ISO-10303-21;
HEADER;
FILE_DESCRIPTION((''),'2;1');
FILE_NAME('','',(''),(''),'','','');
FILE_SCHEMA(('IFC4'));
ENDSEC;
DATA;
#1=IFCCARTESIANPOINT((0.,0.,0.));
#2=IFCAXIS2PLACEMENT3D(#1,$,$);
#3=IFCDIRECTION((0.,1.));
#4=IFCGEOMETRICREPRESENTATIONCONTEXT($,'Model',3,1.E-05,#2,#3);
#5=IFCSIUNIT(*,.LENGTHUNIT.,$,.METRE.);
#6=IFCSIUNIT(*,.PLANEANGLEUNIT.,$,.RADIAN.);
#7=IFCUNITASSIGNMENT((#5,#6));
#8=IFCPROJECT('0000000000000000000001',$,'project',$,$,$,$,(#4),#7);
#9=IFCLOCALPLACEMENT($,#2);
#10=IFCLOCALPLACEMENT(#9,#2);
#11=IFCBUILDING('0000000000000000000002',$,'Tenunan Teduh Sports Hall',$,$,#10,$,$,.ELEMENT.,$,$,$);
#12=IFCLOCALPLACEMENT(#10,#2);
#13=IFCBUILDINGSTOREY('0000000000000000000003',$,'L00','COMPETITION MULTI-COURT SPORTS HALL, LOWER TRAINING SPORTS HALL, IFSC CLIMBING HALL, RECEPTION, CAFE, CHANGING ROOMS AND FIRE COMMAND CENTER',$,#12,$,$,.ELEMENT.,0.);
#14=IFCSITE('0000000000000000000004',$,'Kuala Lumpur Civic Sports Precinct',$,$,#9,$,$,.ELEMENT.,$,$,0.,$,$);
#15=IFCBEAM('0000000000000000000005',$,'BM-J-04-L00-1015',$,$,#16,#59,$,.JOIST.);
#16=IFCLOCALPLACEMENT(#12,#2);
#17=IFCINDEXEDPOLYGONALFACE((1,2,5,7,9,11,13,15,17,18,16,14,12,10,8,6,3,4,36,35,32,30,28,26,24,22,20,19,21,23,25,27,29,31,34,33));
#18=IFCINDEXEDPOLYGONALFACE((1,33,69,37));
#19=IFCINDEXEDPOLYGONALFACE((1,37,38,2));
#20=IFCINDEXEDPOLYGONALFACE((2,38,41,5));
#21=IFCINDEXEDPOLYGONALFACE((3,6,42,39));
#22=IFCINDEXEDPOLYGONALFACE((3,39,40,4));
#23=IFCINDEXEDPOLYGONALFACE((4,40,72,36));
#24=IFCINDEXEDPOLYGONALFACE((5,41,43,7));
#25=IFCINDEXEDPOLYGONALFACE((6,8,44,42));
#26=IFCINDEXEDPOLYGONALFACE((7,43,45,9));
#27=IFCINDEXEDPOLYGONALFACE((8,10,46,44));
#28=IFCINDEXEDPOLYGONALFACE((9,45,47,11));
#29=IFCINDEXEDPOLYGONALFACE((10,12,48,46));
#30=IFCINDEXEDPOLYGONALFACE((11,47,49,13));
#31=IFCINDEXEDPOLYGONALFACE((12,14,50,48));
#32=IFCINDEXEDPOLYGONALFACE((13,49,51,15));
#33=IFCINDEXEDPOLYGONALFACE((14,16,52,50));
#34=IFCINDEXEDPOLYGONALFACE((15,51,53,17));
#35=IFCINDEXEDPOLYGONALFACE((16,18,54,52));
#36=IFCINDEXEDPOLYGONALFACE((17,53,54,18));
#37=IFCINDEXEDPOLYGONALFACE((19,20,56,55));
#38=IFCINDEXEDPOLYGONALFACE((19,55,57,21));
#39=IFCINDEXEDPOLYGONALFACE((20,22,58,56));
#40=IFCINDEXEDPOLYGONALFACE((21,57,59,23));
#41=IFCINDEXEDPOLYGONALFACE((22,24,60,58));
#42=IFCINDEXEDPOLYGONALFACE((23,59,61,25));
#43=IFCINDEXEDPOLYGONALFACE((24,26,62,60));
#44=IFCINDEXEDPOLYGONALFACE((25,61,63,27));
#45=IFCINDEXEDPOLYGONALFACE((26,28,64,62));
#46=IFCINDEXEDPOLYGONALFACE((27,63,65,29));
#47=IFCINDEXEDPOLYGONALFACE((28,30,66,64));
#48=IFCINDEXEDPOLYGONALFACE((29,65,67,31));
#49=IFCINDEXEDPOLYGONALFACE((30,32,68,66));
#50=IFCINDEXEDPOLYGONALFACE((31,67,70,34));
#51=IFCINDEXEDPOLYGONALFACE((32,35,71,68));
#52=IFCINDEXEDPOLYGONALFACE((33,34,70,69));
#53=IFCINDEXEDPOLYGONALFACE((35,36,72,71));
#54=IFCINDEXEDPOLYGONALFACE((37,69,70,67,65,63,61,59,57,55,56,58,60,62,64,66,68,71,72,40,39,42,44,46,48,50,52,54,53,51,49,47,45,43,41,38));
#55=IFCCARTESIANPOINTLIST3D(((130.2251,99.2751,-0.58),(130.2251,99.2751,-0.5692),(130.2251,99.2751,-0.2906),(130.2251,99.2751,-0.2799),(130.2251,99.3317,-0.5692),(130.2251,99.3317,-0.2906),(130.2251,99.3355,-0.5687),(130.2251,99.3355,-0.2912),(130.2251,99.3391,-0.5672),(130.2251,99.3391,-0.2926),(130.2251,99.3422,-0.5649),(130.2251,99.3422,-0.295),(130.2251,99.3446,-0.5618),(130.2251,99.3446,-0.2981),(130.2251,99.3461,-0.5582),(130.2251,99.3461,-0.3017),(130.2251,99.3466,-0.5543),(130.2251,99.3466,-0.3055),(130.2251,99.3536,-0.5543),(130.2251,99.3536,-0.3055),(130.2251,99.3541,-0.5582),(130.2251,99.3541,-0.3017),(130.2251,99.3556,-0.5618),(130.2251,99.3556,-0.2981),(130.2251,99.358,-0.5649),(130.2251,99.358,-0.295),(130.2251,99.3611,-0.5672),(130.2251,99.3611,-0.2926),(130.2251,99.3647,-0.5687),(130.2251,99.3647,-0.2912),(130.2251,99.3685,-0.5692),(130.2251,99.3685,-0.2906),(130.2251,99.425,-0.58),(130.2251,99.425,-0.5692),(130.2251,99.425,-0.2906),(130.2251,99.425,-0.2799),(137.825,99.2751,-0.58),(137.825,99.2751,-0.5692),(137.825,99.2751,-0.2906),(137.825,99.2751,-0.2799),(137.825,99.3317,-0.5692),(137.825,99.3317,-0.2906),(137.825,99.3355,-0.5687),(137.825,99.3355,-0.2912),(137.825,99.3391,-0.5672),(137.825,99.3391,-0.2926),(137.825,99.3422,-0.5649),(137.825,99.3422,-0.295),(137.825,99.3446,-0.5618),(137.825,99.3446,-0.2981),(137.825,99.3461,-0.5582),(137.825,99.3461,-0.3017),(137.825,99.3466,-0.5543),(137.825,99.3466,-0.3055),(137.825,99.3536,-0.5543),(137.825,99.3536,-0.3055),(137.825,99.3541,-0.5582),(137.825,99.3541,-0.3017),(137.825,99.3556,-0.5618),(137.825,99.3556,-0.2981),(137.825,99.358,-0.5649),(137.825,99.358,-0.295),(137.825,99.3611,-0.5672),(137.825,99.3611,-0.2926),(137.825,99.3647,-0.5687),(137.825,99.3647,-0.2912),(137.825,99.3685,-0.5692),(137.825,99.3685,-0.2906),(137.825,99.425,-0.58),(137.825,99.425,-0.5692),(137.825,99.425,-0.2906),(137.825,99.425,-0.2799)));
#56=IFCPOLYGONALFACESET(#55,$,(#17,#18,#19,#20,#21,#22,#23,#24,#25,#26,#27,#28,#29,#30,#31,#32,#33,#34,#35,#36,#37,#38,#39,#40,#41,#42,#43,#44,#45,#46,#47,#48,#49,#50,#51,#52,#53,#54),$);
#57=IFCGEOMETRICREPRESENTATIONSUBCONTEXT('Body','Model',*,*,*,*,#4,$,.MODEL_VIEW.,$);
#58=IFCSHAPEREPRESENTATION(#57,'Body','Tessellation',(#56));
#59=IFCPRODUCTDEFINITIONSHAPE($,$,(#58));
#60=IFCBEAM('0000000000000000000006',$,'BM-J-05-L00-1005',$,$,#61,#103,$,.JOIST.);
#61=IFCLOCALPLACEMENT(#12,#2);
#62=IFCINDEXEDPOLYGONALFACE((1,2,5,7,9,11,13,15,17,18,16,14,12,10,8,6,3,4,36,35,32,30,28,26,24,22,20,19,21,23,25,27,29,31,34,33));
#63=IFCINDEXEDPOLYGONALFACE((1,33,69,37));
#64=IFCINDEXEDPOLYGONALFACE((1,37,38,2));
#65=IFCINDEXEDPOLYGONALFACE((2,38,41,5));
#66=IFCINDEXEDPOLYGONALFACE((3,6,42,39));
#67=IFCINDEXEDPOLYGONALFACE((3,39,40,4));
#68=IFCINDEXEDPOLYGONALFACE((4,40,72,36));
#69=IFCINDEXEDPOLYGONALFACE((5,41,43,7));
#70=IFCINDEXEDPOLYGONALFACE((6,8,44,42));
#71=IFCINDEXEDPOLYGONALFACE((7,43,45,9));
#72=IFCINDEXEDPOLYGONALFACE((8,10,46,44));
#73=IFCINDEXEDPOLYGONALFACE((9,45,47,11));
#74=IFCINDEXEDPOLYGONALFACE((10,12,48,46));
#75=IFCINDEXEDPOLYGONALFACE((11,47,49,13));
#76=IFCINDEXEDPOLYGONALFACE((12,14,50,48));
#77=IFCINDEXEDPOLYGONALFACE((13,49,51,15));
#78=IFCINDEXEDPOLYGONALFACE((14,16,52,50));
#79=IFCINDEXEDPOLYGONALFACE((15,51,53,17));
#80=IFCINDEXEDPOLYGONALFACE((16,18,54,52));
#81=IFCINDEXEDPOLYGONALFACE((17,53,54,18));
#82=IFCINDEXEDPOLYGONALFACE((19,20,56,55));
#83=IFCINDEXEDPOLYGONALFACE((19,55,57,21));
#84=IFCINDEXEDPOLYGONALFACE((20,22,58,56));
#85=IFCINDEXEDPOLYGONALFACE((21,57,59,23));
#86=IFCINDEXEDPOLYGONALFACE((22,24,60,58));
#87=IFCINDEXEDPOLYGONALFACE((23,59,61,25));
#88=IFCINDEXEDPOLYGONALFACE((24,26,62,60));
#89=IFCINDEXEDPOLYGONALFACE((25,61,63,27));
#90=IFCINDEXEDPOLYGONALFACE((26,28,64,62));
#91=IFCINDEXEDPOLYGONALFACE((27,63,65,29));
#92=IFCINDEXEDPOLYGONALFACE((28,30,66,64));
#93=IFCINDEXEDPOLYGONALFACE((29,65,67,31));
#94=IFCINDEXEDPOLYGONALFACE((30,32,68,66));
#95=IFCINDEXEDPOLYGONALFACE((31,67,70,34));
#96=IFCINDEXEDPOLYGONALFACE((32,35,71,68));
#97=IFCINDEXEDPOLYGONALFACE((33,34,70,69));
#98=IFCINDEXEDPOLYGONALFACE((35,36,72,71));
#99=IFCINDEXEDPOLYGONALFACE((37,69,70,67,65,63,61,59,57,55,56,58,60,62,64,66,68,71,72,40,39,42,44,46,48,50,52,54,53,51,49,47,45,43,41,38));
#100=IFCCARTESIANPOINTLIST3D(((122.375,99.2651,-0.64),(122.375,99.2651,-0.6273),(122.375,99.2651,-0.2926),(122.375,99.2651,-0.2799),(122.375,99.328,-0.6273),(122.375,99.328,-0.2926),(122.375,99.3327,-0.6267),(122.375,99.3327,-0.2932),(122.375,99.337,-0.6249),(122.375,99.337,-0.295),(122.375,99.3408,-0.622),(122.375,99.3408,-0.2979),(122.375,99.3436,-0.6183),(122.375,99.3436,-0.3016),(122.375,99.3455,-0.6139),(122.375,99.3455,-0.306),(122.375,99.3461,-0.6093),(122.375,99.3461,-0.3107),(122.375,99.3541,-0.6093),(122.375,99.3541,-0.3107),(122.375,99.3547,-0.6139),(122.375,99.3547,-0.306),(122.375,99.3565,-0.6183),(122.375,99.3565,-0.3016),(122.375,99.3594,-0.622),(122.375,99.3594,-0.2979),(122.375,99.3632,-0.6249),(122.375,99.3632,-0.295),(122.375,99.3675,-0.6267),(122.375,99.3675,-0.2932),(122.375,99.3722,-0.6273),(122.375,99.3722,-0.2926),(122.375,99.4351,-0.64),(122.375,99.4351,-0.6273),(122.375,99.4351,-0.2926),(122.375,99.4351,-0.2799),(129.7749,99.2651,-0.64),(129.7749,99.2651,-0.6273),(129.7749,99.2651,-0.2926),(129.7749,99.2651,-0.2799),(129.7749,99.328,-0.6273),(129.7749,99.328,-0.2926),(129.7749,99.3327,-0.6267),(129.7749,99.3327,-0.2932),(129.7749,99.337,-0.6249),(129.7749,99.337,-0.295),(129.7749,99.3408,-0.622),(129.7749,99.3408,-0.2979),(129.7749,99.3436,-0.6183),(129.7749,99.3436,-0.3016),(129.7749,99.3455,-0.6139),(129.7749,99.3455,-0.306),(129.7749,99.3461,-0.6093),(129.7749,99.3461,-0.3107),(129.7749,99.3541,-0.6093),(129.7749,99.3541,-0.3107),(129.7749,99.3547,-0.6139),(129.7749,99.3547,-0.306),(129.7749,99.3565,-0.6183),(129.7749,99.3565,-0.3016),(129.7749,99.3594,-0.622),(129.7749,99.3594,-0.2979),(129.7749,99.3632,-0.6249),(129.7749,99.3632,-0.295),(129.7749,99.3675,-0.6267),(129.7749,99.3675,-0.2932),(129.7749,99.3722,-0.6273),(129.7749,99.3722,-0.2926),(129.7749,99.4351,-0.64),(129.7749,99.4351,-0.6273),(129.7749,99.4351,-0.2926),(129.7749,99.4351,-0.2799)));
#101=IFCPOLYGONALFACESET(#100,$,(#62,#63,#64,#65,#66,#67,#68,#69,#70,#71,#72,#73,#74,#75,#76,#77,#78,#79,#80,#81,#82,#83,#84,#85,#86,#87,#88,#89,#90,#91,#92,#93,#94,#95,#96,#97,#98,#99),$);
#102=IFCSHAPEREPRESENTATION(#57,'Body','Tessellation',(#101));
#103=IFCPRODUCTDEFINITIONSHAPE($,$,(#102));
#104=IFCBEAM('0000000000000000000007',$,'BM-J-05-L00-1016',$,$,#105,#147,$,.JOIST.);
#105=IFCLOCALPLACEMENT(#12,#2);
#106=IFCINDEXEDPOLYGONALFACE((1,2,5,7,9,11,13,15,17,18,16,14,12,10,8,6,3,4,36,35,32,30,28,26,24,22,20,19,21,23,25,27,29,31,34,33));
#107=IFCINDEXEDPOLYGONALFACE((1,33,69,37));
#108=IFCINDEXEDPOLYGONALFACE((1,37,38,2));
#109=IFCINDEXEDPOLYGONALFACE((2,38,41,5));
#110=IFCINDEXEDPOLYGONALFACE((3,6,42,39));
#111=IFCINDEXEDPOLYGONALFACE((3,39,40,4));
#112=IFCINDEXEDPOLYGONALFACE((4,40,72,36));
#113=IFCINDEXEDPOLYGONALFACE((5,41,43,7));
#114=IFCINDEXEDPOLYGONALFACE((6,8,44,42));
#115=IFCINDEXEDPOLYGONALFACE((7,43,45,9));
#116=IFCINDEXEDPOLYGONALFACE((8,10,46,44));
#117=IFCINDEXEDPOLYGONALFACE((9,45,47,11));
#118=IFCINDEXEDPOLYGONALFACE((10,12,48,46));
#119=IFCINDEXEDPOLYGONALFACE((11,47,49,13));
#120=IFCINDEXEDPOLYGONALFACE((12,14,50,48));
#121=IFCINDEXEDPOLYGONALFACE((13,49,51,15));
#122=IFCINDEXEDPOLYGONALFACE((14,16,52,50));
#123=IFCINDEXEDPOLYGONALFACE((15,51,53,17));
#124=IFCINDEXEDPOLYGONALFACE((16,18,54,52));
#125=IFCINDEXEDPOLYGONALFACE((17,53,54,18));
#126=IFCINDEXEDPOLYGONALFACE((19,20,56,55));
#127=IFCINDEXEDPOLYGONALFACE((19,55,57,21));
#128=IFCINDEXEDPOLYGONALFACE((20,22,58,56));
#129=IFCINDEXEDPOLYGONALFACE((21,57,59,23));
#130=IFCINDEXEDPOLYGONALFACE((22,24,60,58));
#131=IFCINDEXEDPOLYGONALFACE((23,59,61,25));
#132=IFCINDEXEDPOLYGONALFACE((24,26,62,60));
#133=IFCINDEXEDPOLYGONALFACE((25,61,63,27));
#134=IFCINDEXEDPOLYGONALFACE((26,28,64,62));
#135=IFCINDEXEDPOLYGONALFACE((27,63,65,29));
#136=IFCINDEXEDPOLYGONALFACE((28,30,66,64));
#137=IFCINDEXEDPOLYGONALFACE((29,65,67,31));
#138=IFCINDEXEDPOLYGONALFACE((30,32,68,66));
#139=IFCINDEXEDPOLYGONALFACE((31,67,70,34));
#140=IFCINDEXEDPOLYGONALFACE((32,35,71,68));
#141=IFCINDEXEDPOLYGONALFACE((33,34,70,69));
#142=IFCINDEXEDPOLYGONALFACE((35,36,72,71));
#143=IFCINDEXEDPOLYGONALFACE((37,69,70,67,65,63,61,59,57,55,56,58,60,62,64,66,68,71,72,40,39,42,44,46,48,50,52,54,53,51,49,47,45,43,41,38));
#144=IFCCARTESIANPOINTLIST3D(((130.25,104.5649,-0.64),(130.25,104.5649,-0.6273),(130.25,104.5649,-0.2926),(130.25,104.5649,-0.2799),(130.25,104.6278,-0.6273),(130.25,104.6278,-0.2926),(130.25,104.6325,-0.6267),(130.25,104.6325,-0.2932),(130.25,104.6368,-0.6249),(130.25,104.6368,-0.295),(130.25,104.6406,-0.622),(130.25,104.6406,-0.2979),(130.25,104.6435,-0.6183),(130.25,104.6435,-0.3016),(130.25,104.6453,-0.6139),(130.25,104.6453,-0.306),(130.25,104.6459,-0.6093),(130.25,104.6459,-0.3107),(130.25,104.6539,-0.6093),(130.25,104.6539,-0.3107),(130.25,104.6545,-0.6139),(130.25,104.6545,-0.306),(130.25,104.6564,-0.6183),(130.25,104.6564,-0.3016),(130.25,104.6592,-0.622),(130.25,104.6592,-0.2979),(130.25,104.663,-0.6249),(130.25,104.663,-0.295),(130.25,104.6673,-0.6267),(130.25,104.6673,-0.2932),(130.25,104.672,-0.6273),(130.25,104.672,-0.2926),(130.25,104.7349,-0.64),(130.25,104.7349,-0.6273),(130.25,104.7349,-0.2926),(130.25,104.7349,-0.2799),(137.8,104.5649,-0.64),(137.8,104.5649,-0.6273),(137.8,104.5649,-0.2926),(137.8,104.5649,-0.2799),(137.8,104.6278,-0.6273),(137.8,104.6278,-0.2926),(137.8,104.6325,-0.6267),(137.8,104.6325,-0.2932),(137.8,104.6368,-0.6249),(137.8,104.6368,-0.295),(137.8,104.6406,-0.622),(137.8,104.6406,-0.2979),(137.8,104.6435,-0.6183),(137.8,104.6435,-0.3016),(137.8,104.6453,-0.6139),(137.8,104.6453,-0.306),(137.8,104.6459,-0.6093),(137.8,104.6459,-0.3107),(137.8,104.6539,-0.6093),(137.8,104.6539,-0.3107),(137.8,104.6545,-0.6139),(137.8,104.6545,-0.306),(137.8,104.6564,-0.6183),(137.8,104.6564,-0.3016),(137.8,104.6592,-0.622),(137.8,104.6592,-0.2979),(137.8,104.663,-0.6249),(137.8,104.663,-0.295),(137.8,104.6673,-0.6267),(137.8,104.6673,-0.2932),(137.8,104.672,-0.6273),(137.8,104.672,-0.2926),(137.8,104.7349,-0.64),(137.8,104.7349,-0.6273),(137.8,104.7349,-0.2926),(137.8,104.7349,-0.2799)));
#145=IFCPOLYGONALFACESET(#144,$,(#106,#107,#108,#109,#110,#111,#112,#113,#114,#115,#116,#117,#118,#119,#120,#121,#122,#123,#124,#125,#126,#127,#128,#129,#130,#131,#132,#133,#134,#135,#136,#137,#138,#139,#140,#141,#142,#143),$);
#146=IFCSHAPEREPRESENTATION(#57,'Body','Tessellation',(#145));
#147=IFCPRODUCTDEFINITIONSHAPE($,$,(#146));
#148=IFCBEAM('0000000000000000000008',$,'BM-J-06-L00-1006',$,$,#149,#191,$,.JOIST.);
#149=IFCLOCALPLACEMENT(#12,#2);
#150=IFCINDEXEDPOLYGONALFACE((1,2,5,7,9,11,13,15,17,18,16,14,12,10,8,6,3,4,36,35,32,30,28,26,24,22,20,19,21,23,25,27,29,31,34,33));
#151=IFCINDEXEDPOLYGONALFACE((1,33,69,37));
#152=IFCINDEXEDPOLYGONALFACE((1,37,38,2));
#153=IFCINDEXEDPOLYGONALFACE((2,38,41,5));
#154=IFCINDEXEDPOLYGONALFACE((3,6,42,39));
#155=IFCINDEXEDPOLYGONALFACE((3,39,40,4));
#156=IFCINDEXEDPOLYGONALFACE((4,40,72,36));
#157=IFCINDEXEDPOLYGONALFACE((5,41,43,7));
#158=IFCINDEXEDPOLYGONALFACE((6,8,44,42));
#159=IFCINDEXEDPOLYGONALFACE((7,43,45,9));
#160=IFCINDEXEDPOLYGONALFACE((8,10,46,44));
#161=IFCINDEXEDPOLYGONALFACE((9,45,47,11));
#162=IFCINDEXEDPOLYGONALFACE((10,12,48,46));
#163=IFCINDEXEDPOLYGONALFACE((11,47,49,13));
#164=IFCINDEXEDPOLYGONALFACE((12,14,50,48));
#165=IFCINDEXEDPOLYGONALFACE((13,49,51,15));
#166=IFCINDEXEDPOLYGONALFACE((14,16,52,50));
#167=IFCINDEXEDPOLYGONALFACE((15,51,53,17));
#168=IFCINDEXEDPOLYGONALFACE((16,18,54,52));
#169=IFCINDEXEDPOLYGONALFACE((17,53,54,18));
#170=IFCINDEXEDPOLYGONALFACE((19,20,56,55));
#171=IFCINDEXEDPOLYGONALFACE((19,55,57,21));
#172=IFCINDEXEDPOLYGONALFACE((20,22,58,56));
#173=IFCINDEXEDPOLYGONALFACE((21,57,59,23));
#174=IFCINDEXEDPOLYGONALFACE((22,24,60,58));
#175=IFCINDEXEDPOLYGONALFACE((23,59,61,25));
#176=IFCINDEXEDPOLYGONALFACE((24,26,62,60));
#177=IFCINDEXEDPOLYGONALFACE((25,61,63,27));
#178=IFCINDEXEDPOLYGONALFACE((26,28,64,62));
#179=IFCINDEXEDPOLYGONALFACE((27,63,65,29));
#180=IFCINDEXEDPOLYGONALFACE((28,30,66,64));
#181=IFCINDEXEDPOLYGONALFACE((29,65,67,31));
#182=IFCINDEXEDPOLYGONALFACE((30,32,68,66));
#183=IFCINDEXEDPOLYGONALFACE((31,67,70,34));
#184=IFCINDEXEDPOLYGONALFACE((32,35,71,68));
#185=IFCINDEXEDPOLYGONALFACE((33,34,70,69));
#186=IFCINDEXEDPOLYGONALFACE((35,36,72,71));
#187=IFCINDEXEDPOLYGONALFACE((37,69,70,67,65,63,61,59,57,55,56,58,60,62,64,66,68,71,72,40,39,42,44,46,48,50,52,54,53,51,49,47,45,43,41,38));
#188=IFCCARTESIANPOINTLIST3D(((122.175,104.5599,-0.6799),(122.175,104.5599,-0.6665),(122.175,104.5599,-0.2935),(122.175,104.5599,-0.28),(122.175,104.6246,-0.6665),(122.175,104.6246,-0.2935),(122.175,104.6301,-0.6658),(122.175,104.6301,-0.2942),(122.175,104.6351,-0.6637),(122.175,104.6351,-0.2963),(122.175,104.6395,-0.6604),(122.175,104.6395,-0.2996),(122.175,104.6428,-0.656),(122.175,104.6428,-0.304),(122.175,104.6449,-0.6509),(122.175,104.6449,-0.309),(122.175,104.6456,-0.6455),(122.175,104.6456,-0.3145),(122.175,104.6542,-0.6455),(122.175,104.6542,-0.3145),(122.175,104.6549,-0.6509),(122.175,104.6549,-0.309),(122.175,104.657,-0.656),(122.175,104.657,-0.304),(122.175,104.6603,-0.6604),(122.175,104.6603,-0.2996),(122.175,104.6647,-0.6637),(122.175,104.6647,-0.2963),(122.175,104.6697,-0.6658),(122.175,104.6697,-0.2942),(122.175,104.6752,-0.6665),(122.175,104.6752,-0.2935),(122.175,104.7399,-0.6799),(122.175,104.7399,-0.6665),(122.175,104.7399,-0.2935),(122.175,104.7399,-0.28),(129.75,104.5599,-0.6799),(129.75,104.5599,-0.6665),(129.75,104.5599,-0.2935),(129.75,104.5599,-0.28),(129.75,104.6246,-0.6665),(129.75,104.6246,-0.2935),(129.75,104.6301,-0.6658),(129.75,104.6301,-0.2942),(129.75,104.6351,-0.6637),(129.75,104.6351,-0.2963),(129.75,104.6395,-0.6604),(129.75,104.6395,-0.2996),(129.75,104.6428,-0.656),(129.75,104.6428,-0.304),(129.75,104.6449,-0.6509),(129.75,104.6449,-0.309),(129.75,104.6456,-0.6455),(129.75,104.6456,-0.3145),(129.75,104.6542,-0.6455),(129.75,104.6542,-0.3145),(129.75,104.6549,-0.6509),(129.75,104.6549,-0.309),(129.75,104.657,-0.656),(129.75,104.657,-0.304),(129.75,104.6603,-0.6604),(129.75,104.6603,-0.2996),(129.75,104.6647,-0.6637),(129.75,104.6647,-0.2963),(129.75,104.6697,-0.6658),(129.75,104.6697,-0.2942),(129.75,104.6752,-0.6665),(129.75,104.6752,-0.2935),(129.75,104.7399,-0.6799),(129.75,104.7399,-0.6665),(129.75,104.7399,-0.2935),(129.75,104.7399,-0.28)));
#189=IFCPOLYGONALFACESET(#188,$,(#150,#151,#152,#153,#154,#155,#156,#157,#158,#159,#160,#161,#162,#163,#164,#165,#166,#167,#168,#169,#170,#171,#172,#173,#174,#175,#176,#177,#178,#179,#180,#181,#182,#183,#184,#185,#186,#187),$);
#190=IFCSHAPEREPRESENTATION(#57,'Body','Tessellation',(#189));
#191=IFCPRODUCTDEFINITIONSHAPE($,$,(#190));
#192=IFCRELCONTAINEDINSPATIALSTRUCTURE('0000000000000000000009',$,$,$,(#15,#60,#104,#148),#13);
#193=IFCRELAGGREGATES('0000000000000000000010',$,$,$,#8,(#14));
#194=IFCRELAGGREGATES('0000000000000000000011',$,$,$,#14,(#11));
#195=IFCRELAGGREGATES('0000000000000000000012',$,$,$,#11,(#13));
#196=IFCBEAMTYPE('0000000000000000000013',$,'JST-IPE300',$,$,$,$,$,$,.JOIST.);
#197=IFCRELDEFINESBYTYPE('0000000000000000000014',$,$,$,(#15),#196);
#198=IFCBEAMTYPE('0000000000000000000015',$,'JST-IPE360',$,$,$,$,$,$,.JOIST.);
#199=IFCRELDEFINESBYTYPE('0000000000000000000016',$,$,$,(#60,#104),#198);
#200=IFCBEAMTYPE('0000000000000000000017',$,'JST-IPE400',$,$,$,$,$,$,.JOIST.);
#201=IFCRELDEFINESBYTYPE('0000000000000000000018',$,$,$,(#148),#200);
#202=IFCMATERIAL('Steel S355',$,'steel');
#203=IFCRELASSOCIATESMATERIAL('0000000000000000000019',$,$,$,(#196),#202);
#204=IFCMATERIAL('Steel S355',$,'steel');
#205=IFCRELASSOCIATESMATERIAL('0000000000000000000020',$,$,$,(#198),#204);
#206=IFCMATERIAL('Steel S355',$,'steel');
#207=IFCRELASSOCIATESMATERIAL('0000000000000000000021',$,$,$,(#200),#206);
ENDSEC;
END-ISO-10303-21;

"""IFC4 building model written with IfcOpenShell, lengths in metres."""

from ifc_helpers import new_model, si_unit, direction, frame, origin, origin_2d, place, context, subcontext, project, spatial, i_section, extrude, material, material_profile, profile_set, type_object, element, save


model = new_model("IFC4")

# Units and contexts
model_context = context("Model", 3, precision=1e-05, world=origin(), true_north=direction((0.0, 1.0)))
body_context = subcontext(model_context, "Body", "Model", "MODEL_VIEW")
ifc_project = project(units=[si_unit("LENGTHUNIT", "METRE"), si_unit("PLANEANGLEUNIT", "RADIAN")], contexts=[model_context])

# Site, building, storey
site_placement = place(None, origin())
site = spatial("IfcSite", under=ifc_project, at=site_placement, Name="Kuala Lumpur Civic Sports Precinct", CompositionType="ELEMENT", RefElevation=0.0)
building_placement = place(site_placement, origin())
building = spatial("IfcBuilding", under=site, at=building_placement, Name="Tenunan Teduh Sports Hall", CompositionType="ELEMENT")
storey_placement = place(building_placement, origin())
storey = spatial("IfcBuildingStorey", under=building, at=storey_placement, Name="L00", Description="COMPETITION MULTI-COURT SPORTS HALL, LOWER TRAINING SPORTS HALL, IFSC CLIMBING HALL, RECEPTION, CAFE, CHANGING ROOMS AND FIRE COMMAND CENTER", CompositionType="ELEMENT", Elevation=0.0)

# Beams
ifc_material_1 = material(Name="Steel S355", Category="steel")
ifc_material_profile_1 = material_profile(ifc_material_1, i_section(OverallWidth=0.1499, OverallDepth=0.3, WebThickness=0.0071, FlangeThickness=0.0107, FilletRadius=0.0149, at=origin_2d()), Name="IPE 300")
ifc_profile_set_1 = profile_set([ifc_material_profile_1], Name="Steel S355")
beam_type_1 = type_object("IfcBeamType", Name="JST-IPE300", PredefinedType="JOIST", material=ifc_profile_set_1)
beam_1_placement = place(storey_placement, frame((130.2251, 99.3501, -0.4299), z_axis=(1.0, 0.0, 0.0), x_axis=(0.0, 1.0, 0.0)))
element("IfcBeam", 1, at=beam_1_placement, inside=storey, type_object=beam_type_1, Name="BM-J-04-L00-1015", PredefinedType="JOIST", context=body_context, shape_type="SweptSolid", body=[
    extrude(i_section(OverallWidth=0.1499, OverallDepth=0.3, WebThickness=0.0071, FlangeThickness=0.0107, FilletRadius=0.0149, at=origin_2d()), origin(), (0.0, 0.0, 1.0), 7.5999),
])
ifc_material_2 = material(Name="Steel S355", Category="steel")
ifc_material_profile_2 = material_profile(ifc_material_2, i_section(OverallWidth=0.1699, OverallDepth=0.3601, WebThickness=0.0081, FlangeThickness=0.0127, FilletRadius=0.0181, at=origin_2d()), Name="IPE 360")
ifc_profile_set_2 = profile_set([ifc_material_profile_2], Name="Steel S355")
beam_type_2 = type_object("IfcBeamType", Name="JST-IPE360", PredefinedType="JOIST", material=ifc_profile_set_2)
beam_2_placement = place(storey_placement, frame((122.375, 99.3501, -0.46), z_axis=(1.0, 0.0, 0.0), x_axis=(0.0, 1.0, 0.0)))
element("IfcBeam", 2, at=beam_2_placement, inside=storey, type_object=beam_type_2, Name="BM-J-05-L00-1005", PredefinedType="JOIST", context=body_context, shape_type="SweptSolid", body=[
    extrude(i_section(OverallWidth=0.1699, OverallDepth=0.3601, WebThickness=0.0081, FlangeThickness=0.0127, FilletRadius=0.0181, at=origin_2d()), origin(), (0.0, 0.0, 1.0), 7.3999),
])
beam_3_placement = place(storey_placement, frame((130.25, 104.6499, -0.46), z_axis=(1.0, 0.0, 0.0), x_axis=(0.0, 1.0, 0.0)))
element("IfcBeam", 3, at=beam_3_placement, inside=storey, type_object=beam_type_2, Name="BM-J-05-L00-1016", PredefinedType="JOIST", context=body_context, shape_type="SweptSolid", body=[
    extrude(i_section(OverallWidth=0.1699, OverallDepth=0.3601, WebThickness=0.0081, FlangeThickness=0.0127, FilletRadius=0.0181, at=origin_2d()), origin(), (0.0, 0.0, 1.0), 7.55),
])
ifc_material_3 = material(Name="Steel S355", Category="steel")
ifc_material_profile_3 = material_profile(ifc_material_3, i_section(OverallWidth=0.1799, OverallDepth=0.3999, WebThickness=0.0085, FlangeThickness=0.0134, FilletRadius=0.021, at=origin_2d()), Name="IPE 400")
ifc_profile_set_3 = profile_set([ifc_material_profile_3], Name="Steel S355")
beam_type_3 = type_object("IfcBeamType", Name="JST-IPE400", PredefinedType="JOIST", material=ifc_profile_set_3)
beam_4_placement = place(storey_placement, frame((122.175, 104.6499, -0.48), z_axis=(1.0, 0.0, 0.0), x_axis=(0.0, 1.0, 0.0)))
element("IfcBeam", 4, at=beam_4_placement, inside=storey, type_object=beam_type_3, Name="BM-J-06-L00-1006", PredefinedType="JOIST", context=body_context, shape_type="SweptSolid", body=[
    extrude(i_section(OverallWidth=0.1799, OverallDepth=0.3999, WebThickness=0.0085, FlangeThickness=0.0134, FilletRadius=0.021, at=origin_2d()), origin(), (0.0, 0.0, 1.0), 7.575),
])

save(model, "model.ifc")
